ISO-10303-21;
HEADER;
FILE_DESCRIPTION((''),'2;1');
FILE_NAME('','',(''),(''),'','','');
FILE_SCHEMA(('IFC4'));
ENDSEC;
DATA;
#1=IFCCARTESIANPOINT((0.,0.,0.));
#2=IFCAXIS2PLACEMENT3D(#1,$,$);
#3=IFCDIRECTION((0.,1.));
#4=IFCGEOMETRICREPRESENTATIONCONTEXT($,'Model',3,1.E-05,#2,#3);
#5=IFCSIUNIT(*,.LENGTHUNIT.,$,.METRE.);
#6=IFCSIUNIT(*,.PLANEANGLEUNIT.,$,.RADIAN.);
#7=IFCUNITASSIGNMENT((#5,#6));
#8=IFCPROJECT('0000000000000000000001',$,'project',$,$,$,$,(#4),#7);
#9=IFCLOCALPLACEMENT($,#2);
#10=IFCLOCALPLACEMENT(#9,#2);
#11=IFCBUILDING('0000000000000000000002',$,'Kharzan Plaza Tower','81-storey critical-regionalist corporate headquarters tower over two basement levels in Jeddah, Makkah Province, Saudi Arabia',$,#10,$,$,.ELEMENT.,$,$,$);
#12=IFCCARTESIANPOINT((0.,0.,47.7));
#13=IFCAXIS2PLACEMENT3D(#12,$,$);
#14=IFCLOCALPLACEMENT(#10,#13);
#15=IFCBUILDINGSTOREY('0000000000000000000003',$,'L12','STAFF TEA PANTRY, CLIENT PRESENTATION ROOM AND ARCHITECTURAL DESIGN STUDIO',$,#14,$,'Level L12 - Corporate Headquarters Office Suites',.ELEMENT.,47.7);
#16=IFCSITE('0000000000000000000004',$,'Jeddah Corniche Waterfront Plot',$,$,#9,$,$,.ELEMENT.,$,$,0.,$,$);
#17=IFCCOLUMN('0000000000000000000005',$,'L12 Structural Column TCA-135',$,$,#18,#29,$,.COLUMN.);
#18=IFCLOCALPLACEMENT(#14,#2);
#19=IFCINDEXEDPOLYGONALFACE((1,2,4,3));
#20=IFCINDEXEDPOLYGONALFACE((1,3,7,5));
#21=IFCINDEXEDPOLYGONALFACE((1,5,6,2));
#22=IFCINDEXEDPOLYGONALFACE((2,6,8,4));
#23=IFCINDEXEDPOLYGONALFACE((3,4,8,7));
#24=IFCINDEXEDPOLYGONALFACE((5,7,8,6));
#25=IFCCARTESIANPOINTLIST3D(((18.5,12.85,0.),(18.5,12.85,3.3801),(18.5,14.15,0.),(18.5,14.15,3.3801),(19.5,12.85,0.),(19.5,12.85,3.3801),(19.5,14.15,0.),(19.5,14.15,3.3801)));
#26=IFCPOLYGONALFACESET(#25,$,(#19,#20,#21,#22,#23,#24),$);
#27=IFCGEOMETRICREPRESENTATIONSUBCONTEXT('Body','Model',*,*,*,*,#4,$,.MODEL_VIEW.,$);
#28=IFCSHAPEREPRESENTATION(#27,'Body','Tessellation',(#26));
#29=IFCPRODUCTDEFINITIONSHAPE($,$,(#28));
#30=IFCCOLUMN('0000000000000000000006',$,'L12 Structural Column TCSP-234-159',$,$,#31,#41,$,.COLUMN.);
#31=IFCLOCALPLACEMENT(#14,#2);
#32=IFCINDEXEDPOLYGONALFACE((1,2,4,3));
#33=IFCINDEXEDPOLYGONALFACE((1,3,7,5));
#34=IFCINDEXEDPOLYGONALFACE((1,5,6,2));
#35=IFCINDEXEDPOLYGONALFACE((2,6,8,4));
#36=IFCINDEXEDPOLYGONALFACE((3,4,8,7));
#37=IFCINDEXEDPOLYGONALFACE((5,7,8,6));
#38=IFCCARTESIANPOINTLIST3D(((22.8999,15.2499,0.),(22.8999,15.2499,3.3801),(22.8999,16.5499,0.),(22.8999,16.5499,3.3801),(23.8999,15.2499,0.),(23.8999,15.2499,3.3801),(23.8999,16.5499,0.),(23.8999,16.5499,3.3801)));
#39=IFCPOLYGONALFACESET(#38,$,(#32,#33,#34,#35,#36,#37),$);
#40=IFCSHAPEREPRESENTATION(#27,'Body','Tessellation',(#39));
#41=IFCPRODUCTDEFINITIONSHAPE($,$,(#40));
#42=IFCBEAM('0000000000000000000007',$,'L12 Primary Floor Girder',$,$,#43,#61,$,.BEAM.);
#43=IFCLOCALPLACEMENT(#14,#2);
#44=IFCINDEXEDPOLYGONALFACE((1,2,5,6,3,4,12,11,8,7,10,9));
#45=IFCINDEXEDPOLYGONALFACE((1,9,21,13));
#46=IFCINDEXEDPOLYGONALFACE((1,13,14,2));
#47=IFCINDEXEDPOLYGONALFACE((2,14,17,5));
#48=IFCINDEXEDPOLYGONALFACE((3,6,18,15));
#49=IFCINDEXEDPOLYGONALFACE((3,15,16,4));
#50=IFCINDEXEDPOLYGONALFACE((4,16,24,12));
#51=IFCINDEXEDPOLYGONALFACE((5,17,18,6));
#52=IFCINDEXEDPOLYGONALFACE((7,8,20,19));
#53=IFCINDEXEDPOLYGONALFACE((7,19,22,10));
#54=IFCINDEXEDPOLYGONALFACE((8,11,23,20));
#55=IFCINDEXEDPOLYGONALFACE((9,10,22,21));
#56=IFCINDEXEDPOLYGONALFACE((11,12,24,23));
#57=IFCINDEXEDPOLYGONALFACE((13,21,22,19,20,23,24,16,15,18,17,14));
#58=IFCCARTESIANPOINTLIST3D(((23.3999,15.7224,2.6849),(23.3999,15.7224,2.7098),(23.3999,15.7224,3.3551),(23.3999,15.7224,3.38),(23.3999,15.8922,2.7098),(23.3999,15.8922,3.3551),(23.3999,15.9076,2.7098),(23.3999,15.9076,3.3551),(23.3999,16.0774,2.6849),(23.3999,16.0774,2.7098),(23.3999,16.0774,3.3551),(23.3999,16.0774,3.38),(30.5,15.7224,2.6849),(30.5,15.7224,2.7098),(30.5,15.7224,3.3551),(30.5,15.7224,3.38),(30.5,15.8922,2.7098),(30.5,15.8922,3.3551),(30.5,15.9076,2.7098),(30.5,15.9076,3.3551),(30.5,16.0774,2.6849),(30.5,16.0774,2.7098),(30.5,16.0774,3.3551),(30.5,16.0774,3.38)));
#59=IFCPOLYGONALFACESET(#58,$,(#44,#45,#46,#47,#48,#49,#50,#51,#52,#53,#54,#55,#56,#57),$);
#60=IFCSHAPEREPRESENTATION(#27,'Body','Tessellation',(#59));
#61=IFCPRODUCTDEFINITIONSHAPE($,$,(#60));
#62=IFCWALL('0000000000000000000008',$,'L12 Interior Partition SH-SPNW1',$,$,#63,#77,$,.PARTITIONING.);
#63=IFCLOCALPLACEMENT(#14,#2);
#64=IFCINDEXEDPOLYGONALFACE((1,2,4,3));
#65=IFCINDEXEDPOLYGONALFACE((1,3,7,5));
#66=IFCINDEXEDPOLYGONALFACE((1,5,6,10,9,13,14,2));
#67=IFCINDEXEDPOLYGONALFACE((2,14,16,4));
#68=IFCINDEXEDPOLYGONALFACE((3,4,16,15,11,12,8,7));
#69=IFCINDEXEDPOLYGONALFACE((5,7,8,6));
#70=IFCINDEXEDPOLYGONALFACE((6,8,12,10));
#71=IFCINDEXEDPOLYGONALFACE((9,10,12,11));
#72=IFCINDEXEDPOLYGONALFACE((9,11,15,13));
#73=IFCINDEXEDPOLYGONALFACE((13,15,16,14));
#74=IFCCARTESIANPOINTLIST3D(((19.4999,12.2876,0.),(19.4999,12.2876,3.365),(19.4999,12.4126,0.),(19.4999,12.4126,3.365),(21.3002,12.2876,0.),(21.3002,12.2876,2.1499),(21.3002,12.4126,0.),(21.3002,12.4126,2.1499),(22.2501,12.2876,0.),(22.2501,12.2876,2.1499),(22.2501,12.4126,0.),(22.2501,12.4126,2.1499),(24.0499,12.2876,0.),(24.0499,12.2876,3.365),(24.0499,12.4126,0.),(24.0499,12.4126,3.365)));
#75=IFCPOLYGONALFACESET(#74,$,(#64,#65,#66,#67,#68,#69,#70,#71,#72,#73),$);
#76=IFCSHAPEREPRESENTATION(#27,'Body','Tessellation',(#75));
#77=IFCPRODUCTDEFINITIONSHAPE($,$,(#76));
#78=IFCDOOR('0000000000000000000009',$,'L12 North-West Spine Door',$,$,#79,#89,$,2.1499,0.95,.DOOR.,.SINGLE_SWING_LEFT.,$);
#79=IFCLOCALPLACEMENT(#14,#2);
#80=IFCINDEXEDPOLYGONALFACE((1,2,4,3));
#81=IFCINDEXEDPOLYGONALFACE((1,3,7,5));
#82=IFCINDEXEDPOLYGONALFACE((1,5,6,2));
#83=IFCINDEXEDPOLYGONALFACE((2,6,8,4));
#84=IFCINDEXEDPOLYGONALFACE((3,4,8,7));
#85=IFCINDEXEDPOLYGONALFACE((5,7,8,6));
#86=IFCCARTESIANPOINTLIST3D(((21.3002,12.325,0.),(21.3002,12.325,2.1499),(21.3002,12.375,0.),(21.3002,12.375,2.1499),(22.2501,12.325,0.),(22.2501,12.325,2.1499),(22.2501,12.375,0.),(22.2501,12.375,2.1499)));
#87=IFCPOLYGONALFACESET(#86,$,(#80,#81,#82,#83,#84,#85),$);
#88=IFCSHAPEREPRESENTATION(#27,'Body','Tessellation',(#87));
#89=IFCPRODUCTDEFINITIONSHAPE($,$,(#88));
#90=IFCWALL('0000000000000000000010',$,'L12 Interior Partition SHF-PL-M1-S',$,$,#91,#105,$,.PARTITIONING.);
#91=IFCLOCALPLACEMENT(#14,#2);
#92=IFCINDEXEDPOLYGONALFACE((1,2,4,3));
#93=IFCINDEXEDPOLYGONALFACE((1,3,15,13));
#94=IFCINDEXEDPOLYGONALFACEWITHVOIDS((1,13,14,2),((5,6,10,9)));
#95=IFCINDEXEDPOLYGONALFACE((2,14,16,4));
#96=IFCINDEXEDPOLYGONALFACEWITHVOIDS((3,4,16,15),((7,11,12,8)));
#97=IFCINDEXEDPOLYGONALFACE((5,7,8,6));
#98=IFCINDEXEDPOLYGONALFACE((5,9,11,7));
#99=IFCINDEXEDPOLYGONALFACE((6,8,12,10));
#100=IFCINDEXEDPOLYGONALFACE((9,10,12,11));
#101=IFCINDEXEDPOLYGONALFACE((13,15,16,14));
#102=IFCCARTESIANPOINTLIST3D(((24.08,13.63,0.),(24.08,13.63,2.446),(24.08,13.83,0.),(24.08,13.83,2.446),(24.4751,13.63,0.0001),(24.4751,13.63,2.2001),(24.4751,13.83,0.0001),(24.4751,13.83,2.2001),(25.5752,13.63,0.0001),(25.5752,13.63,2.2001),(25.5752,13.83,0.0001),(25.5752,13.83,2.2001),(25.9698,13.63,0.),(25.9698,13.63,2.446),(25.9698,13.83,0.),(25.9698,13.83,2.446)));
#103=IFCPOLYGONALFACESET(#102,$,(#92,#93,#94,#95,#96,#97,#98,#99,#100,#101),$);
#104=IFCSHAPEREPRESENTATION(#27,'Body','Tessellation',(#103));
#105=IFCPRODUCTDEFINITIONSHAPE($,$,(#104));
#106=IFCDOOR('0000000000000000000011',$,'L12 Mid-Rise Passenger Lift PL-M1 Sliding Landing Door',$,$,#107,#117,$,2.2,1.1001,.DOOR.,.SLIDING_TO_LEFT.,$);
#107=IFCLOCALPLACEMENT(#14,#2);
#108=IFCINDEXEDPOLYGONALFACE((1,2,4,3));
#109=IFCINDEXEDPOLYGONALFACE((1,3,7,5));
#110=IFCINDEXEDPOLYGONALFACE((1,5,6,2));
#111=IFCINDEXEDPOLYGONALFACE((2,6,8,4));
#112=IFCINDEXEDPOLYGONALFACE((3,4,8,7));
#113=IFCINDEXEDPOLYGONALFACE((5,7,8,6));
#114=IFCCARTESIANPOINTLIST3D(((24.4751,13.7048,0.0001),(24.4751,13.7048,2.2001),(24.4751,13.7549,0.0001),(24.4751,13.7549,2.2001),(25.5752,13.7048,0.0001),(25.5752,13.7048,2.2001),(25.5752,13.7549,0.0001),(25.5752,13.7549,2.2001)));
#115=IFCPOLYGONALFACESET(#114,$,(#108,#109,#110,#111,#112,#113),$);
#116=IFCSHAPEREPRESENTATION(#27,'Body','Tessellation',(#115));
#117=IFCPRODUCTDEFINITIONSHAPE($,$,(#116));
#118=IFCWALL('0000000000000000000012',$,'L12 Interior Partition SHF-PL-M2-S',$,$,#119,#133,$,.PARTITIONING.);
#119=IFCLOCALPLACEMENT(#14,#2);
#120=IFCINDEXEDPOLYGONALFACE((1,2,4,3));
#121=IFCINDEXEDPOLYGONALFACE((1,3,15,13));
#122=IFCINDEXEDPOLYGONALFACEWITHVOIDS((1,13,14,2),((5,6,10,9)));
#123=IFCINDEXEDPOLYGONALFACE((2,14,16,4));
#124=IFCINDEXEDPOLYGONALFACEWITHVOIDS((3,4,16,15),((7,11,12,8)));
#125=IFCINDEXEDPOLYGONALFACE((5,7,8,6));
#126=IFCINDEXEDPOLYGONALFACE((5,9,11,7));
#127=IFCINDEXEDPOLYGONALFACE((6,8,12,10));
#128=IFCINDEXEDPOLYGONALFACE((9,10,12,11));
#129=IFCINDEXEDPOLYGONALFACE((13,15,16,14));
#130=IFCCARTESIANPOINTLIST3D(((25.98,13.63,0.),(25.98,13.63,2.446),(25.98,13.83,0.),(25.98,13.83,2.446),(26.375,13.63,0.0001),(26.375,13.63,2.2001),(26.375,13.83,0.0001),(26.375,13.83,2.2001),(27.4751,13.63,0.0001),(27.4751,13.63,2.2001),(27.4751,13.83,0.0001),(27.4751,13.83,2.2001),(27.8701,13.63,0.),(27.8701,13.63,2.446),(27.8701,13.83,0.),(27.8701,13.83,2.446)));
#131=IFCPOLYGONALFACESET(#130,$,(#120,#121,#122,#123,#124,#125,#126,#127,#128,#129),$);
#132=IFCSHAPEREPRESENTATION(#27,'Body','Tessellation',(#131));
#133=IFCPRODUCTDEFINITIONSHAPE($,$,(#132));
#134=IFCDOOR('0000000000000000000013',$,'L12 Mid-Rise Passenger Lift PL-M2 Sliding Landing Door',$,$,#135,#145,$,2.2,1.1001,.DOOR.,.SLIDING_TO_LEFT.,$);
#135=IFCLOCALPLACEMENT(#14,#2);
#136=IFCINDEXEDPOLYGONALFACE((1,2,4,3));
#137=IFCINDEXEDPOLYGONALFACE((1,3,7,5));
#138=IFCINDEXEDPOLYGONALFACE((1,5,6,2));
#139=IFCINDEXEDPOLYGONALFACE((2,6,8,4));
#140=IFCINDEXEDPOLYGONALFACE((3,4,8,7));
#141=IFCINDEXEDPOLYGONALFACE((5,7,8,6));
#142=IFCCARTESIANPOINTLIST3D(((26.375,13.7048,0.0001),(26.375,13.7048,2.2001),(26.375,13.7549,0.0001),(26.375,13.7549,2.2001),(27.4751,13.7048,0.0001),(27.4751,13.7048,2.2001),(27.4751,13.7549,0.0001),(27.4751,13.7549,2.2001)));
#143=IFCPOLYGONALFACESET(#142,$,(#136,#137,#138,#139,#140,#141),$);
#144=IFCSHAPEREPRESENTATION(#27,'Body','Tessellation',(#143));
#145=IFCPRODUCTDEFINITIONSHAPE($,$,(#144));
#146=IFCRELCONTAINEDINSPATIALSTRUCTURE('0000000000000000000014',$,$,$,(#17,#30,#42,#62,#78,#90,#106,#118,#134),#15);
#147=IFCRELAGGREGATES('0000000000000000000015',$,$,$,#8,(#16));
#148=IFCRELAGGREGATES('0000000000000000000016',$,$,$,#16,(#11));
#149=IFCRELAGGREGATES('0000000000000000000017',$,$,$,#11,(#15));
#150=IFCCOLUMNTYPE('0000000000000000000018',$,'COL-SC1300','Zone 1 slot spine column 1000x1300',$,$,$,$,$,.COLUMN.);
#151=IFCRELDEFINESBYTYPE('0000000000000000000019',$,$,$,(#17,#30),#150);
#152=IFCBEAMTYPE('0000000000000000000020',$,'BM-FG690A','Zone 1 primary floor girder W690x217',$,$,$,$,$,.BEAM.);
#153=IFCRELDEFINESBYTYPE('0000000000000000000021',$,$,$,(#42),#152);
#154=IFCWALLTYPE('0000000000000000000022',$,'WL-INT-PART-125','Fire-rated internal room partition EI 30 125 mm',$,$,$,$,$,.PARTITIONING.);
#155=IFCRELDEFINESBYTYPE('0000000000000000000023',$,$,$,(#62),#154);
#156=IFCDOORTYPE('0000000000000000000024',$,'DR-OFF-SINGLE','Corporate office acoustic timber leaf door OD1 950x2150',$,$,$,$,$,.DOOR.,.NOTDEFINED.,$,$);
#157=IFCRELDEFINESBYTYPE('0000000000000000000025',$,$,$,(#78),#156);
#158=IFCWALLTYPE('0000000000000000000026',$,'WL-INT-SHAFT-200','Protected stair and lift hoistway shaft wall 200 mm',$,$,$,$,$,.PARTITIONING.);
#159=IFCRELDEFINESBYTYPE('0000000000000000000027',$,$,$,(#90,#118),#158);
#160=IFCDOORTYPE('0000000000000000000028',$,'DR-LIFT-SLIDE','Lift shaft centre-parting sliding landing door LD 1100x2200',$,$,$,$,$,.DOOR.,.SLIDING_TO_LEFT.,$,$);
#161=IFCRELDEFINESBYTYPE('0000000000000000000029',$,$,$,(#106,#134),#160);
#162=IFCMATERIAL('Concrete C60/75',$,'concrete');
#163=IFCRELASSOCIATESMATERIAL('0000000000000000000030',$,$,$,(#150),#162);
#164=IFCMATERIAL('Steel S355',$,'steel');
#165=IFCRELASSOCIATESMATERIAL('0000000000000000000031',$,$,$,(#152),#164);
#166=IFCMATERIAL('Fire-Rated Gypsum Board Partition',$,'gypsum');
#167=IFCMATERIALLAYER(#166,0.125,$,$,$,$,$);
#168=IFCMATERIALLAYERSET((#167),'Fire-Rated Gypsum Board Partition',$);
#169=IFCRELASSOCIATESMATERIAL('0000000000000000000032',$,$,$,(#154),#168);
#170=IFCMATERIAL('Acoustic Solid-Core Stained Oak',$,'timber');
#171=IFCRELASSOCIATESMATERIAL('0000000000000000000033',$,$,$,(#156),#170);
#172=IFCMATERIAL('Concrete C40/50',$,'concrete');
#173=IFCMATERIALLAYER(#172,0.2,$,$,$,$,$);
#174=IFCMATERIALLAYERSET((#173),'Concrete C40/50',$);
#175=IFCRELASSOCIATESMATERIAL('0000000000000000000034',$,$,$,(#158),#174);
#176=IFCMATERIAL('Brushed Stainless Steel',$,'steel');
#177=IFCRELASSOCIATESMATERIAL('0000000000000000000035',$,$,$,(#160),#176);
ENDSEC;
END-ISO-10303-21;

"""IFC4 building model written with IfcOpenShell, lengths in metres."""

from ifc_helpers import new_model, si_unit, direction, frame, frame_2d, origin, origin_2d, place, context, subcontext, project, spatial, rectangle, i_section, extrude, source, transform, mapped, material, layer, layer_set, material_profile, profile_set, type_object, element, fill, save


model = new_model("IFC4")

# Units and contexts
model_context = context("Model", 3, precision=1e-05, world=origin(), true_north=direction((0.0, 1.0)))
body_context = subcontext(model_context, "Body", "Model", "MODEL_VIEW")
ifc_project = project(units=[si_unit("LENGTHUNIT", "METRE"), si_unit("PLANEANGLEUNIT", "RADIAN")], contexts=[model_context])

# Site, building, storey
site_placement = place(None, origin())
site = spatial("IfcSite", under=ifc_project, at=site_placement, Name="Jeddah Corniche Waterfront Plot", CompositionType="ELEMENT", RefElevation=0.0)
building_placement = place(site_placement, origin())
building = spatial("IfcBuilding", under=site, at=building_placement, Name="Kharzan Plaza Tower", Description="81-storey critical-regionalist corporate headquarters tower over two basement levels in Jeddah, Makkah Province, Saudi Arabia", CompositionType="ELEMENT")
storey_placement = place(building_placement, frame((0.0, 0.0, 47.7)))
storey = spatial("IfcBuildingStorey", under=building, at=storey_placement, Name="L12", Description="STAFF TEA PANTRY, CLIENT PRESENTATION ROOM AND ARCHITECTURAL DESIGN STUDIO", LongName="Level L12 - Corporate Headquarters Office Suites", CompositionType="ELEMENT", Elevation=47.7)

# Columns
ifc_material_1 = material(Name="Concrete C60/75", Category="concrete")
ifc_material_profile_1 = material_profile(ifc_material_1, rectangle(XDim=1.0, YDim=1.3, at=origin_2d()), Name="RC-SC1300x1000")
ifc_profile_set_1 = profile_set([ifc_material_profile_1], Name="Concrete C60/75")
column_type = type_object("IfcColumnType", Name="COL-SC1300", Description="Zone 1 slot spine column 1000x1300", PredefinedType="COLUMN", material=ifc_profile_set_1)
shared_shape_1 = source(origin(), body_context, "Body", "SweptSolid", [
    extrude(rectangle(XDim=1.0, YDim=1.3, at=origin_2d()), origin(), (0.0, 0.0, 1.0), 3.3801),
])
for number, where, z_axis, x_axis, name in (
    (1, (19.0, 13.5, 0.0), (0.0, 0.0, 1.0), (1.0, 0.0, 0.0), "L12 Structural Column TCA-135"),
    (2, (23.3999, 15.8999, 0.0), (0.0, 0.0, 1.0), (1.0, 0.0, 0.0), "L12 Structural Column TCSP-234-159"),
):
    element("IfcColumn", number, at=place(storey_placement, frame(where, z_axis=z_axis, x_axis=x_axis)), inside=storey, type_object=column_type, Name=name, PredefinedType="COLUMN", context=body_context, shape_type="MappedRepresentation", body=[
        mapped(shared_shape_1, transform((0.0, 0.0, 0.0), x_axis=(1.0, 0.0, 0.0), y_axis=(0.0, 1.0, 0.0), z_axis=(0.0, 0.0, 1.0))),
    ])

# Beam
ifc_material_2 = material(Name="Steel S355", Category="steel")
ifc_material_profile_2 = material_profile(ifc_material_2, i_section(OverallWidth=0.355, OverallDepth=0.6951, WebThickness=0.0154, FlangeThickness=0.0249, at=origin_2d()), Name="W690x217")
ifc_profile_set_2 = profile_set([ifc_material_profile_2], Name="Steel S355")
beam_type = type_object("IfcBeamType", Name="BM-FG690A", Description="Zone 1 primary floor girder W690x217", PredefinedType="BEAM", material=ifc_profile_set_2)
shared_shape_2 = source(origin(), body_context, "Body", "SweptSolid", [
    extrude(i_section(OverallWidth=0.355, OverallDepth=0.6951, WebThickness=0.0154, FlangeThickness=0.0249, at=origin_2d()), origin(), (0.0, 0.0, 1.0), 7.1001),
])
beam_placement = place(storey_placement, frame((23.3999, 15.8999, 3.0325), z_axis=(1.0, 0.0, 0.0), x_axis=(0.0, 1.0, 0.0)))
element("IfcBeam", 3, at=beam_placement, inside=storey, type_object=beam_type, Name="L12 Primary Floor Girder", PredefinedType="BEAM", context=body_context, shape_type="MappedRepresentation", body=[
    mapped(shared_shape_2, transform((0.0, 0.0, 0.0), x_axis=(1.0, 0.0, 0.0), y_axis=(0.0, 1.0, 0.0), z_axis=(0.0, 0.0, 1.0))),
])

# Walls, openings, doors
ifc_material_3 = material(Name="Fire-Rated Gypsum Board Partition", Category="gypsum")
ifc_layer_1 = layer(ifc_material_3, 0.125)
ifc_layer_set_1 = layer_set([ifc_layer_1], Name="Fire-Rated Gypsum Board Partition")
wall_type_1 = type_object("IfcWallType", Name="WL-INT-PART-125", Description="Fire-rated internal room partition EI 30 125 mm", PredefinedType="PARTITIONING", material=ifc_layer_set_1)
wall_1_placement = place(storey_placement, frame((19.5, 12.3501, 0.0), z_axis=(0.0, 0.0, 1.0), x_axis=(1.0, 0.0, 0.0)))
wall_1 = element("IfcWall", 4, at=wall_1_placement, inside=storey, type_object=wall_type_1, Name="L12 Interior Partition SH-SPNW1", PredefinedType="PARTITIONING", context=body_context, shape_type="SweptSolid", body=[
    extrude(rectangle(XDim=4.55, YDim=0.125, at=frame_2d((2.2749, 0.0))), origin(), (0.0, 0.0, 1.0), 3.365),
])
opening_1_placement = place(wall_1_placement, frame((1.8, 0.0, 0.0)))
opening_1 = element("IfcOpeningElement", 5, at=opening_1_placement, cuts=wall_1, PredefinedType="OPENING", context=body_context, shape_type="SweptSolid", body=[
    extrude(rectangle(XDim=0.95, YDim=2.1499, at=frame_2d((0.4751, 1.075))), frame((0.0, 0.0725, 0.0), z_axis=(0.0, -1.0, 0.0), x_axis=(1.0, 0.0, 0.0)), (0.0, 0.0, 1.0), 0.145),
])
ifc_material_4 = material(Name="Acoustic Solid-Core Stained Oak", Category="timber")
door_type_1 = type_object("IfcDoorType", Name="DR-OFF-SINGLE", Description="Corporate office acoustic timber leaf door OD1 950x2150", OperationType="NOTDEFINED", PredefinedType="DOOR", material=ifc_material_4)
shared_shape_3 = source(origin(), body_context, "Body", "SweptSolid", [
    extrude(rectangle(XDim=0.95, YDim=2.1499, at=frame_2d((0.4751, 1.075))), frame((0.0, 0.0249, 0.0), z_axis=(0.0, -1.0, 0.0), x_axis=(1.0, 0.0, 0.0)), (0.0, 0.0, 1.0), 0.05),
])
door_1_placement = place(opening_1_placement, origin())
door_1 = element("IfcDoor", 6, at=door_1_placement, inside=storey, type_object=door_type_1, Name="L12 North-West Spine Door", OperationType="SINGLE_SWING_LEFT", OverallHeight=2.1499, OverallWidth=0.95, PredefinedType="DOOR", context=body_context, shape_type="MappedRepresentation", body=[
    mapped(shared_shape_3, transform((0.0, 0.0, 0.0), x_axis=(1.0, 0.0, 0.0), y_axis=(0.0, 1.0, 0.0), z_axis=(0.0, 0.0, 1.0))),
])
fill(opening_1, door_1)
ifc_material_5 = material(Name="Concrete C40/50", Category="concrete")
ifc_layer_2 = layer(ifc_material_5, 0.2)
ifc_layer_set_2 = layer_set([ifc_layer_2], Name="Concrete C40/50")
wall_type_2 = type_object("IfcWallType", Name="WL-INT-SHAFT-200", Description="Protected stair and lift hoistway shaft wall 200 mm", PredefinedType="PARTITIONING", material=ifc_layer_set_2)
wall_2_placement = place(storey_placement, frame((24.0801, 13.73, 0.0), z_axis=(0.0, 0.0, 1.0), x_axis=(1.0, 0.0, 0.0)))
wall_2 = element("IfcWall", 7, at=wall_2_placement, inside=storey, type_object=wall_type_2, Name="L12 Interior Partition SHF-PL-M1-S", PredefinedType="PARTITIONING", context=body_context, shape_type="SweptSolid", body=[
    extrude(rectangle(XDim=1.8899, YDim=0.2, at=frame_2d((0.9448, 0.0))), origin(), (0.0, 0.0, 1.0), 2.446),
])
opening_2_placement = place(wall_2_placement, frame((0.395, 0.0, 0.0)))
opening_2 = element("IfcOpeningElement", 8, at=opening_2_placement, cuts=wall_2, PredefinedType="OPENING", context=body_context, shape_type="SweptSolid", body=[
    extrude(rectangle(XDim=1.1001, YDim=2.2, at=frame_2d((0.55, 1.1001))), frame((0.0, 0.1099, 0.0), z_axis=(0.0, -1.0, 0.0), x_axis=(1.0, 0.0, 0.0)), (0.0, 0.0, 1.0), 0.22),
])
ifc_material_6 = material(Name="Brushed Stainless Steel", Category="steel")
door_type_2 = type_object("IfcDoorType", Name="DR-LIFT-SLIDE", Description="Lift shaft centre-parting sliding landing door LD 1100x2200", OperationType="SLIDING_TO_LEFT", PredefinedType="DOOR", material=ifc_material_6)
shared_shape_4 = source(origin(), body_context, "Body", "SweptSolid", [
    extrude(rectangle(XDim=1.1001, YDim=2.2, at=frame_2d((0.55, 1.1001))), frame((0.0, 0.0249, 0.0), z_axis=(0.0, -1.0, 0.0), x_axis=(1.0, 0.0, 0.0)), (0.0, 0.0, 1.0), 0.05),
])
door_2_placement = place(opening_2_placement, origin())
door_2 = element("IfcDoor", 9, at=door_2_placement, inside=storey, type_object=door_type_2, Name="L12 Mid-Rise Passenger Lift PL-M1 Sliding Landing Door", OperationType="SLIDING_TO_LEFT", OverallHeight=2.2, OverallWidth=1.1001, PredefinedType="DOOR", context=body_context, shape_type="MappedRepresentation", body=[
    mapped(shared_shape_4, transform((0.0, 0.0, 0.0), x_axis=(1.0, 0.0, 0.0), y_axis=(0.0, 1.0, 0.0), z_axis=(0.0, 0.0, 1.0))),
])
fill(opening_2, door_2)
wall_3_placement = place(storey_placement, frame((25.98, 13.73, 0.0), z_axis=(0.0, 0.0, 1.0), x_axis=(1.0, 0.0, 0.0)))
wall_3 = element("IfcWall", 10, at=wall_3_placement, inside=storey, type_object=wall_type_2, Name="L12 Interior Partition SHF-PL-M2-S", PredefinedType="PARTITIONING", context=body_context, shape_type="SweptSolid", body=[
    extrude(rectangle(XDim=1.8901, YDim=0.2, at=frame_2d((0.9451, 0.0))), origin(), (0.0, 0.0, 1.0), 2.446),
])
opening_3_placement = place(wall_3_placement, frame((0.395, 0.0, 0.0)))
opening_3 = element("IfcOpeningElement", 11, at=opening_3_placement, cuts=wall_3, PredefinedType="OPENING", context=body_context, shape_type="SweptSolid", body=[
    extrude(rectangle(XDim=1.1001, YDim=2.2, at=frame_2d((0.55, 1.1001))), frame((0.0, 0.1099, 0.0), z_axis=(0.0, -1.0, 0.0), x_axis=(1.0, 0.0, 0.0)), (0.0, 0.0, 1.0), 0.22),
])
door_3_placement = place(opening_3_placement, origin())
door_3 = element("IfcDoor", 12, at=door_3_placement, inside=storey, type_object=door_type_2, Name="L12 Mid-Rise Passenger Lift PL-M2 Sliding Landing Door", OperationType="SLIDING_TO_LEFT", OverallHeight=2.2, OverallWidth=1.1001, PredefinedType="DOOR", context=body_context, shape_type="MappedRepresentation", body=[
    mapped(shared_shape_4, transform((0.0, 0.0, 0.0), x_axis=(1.0, 0.0, 0.0), y_axis=(0.0, 1.0, 0.0), z_axis=(0.0, 0.0, 1.0))),
])
fill(opening_3, door_3)

save(model, "model.ifc")
